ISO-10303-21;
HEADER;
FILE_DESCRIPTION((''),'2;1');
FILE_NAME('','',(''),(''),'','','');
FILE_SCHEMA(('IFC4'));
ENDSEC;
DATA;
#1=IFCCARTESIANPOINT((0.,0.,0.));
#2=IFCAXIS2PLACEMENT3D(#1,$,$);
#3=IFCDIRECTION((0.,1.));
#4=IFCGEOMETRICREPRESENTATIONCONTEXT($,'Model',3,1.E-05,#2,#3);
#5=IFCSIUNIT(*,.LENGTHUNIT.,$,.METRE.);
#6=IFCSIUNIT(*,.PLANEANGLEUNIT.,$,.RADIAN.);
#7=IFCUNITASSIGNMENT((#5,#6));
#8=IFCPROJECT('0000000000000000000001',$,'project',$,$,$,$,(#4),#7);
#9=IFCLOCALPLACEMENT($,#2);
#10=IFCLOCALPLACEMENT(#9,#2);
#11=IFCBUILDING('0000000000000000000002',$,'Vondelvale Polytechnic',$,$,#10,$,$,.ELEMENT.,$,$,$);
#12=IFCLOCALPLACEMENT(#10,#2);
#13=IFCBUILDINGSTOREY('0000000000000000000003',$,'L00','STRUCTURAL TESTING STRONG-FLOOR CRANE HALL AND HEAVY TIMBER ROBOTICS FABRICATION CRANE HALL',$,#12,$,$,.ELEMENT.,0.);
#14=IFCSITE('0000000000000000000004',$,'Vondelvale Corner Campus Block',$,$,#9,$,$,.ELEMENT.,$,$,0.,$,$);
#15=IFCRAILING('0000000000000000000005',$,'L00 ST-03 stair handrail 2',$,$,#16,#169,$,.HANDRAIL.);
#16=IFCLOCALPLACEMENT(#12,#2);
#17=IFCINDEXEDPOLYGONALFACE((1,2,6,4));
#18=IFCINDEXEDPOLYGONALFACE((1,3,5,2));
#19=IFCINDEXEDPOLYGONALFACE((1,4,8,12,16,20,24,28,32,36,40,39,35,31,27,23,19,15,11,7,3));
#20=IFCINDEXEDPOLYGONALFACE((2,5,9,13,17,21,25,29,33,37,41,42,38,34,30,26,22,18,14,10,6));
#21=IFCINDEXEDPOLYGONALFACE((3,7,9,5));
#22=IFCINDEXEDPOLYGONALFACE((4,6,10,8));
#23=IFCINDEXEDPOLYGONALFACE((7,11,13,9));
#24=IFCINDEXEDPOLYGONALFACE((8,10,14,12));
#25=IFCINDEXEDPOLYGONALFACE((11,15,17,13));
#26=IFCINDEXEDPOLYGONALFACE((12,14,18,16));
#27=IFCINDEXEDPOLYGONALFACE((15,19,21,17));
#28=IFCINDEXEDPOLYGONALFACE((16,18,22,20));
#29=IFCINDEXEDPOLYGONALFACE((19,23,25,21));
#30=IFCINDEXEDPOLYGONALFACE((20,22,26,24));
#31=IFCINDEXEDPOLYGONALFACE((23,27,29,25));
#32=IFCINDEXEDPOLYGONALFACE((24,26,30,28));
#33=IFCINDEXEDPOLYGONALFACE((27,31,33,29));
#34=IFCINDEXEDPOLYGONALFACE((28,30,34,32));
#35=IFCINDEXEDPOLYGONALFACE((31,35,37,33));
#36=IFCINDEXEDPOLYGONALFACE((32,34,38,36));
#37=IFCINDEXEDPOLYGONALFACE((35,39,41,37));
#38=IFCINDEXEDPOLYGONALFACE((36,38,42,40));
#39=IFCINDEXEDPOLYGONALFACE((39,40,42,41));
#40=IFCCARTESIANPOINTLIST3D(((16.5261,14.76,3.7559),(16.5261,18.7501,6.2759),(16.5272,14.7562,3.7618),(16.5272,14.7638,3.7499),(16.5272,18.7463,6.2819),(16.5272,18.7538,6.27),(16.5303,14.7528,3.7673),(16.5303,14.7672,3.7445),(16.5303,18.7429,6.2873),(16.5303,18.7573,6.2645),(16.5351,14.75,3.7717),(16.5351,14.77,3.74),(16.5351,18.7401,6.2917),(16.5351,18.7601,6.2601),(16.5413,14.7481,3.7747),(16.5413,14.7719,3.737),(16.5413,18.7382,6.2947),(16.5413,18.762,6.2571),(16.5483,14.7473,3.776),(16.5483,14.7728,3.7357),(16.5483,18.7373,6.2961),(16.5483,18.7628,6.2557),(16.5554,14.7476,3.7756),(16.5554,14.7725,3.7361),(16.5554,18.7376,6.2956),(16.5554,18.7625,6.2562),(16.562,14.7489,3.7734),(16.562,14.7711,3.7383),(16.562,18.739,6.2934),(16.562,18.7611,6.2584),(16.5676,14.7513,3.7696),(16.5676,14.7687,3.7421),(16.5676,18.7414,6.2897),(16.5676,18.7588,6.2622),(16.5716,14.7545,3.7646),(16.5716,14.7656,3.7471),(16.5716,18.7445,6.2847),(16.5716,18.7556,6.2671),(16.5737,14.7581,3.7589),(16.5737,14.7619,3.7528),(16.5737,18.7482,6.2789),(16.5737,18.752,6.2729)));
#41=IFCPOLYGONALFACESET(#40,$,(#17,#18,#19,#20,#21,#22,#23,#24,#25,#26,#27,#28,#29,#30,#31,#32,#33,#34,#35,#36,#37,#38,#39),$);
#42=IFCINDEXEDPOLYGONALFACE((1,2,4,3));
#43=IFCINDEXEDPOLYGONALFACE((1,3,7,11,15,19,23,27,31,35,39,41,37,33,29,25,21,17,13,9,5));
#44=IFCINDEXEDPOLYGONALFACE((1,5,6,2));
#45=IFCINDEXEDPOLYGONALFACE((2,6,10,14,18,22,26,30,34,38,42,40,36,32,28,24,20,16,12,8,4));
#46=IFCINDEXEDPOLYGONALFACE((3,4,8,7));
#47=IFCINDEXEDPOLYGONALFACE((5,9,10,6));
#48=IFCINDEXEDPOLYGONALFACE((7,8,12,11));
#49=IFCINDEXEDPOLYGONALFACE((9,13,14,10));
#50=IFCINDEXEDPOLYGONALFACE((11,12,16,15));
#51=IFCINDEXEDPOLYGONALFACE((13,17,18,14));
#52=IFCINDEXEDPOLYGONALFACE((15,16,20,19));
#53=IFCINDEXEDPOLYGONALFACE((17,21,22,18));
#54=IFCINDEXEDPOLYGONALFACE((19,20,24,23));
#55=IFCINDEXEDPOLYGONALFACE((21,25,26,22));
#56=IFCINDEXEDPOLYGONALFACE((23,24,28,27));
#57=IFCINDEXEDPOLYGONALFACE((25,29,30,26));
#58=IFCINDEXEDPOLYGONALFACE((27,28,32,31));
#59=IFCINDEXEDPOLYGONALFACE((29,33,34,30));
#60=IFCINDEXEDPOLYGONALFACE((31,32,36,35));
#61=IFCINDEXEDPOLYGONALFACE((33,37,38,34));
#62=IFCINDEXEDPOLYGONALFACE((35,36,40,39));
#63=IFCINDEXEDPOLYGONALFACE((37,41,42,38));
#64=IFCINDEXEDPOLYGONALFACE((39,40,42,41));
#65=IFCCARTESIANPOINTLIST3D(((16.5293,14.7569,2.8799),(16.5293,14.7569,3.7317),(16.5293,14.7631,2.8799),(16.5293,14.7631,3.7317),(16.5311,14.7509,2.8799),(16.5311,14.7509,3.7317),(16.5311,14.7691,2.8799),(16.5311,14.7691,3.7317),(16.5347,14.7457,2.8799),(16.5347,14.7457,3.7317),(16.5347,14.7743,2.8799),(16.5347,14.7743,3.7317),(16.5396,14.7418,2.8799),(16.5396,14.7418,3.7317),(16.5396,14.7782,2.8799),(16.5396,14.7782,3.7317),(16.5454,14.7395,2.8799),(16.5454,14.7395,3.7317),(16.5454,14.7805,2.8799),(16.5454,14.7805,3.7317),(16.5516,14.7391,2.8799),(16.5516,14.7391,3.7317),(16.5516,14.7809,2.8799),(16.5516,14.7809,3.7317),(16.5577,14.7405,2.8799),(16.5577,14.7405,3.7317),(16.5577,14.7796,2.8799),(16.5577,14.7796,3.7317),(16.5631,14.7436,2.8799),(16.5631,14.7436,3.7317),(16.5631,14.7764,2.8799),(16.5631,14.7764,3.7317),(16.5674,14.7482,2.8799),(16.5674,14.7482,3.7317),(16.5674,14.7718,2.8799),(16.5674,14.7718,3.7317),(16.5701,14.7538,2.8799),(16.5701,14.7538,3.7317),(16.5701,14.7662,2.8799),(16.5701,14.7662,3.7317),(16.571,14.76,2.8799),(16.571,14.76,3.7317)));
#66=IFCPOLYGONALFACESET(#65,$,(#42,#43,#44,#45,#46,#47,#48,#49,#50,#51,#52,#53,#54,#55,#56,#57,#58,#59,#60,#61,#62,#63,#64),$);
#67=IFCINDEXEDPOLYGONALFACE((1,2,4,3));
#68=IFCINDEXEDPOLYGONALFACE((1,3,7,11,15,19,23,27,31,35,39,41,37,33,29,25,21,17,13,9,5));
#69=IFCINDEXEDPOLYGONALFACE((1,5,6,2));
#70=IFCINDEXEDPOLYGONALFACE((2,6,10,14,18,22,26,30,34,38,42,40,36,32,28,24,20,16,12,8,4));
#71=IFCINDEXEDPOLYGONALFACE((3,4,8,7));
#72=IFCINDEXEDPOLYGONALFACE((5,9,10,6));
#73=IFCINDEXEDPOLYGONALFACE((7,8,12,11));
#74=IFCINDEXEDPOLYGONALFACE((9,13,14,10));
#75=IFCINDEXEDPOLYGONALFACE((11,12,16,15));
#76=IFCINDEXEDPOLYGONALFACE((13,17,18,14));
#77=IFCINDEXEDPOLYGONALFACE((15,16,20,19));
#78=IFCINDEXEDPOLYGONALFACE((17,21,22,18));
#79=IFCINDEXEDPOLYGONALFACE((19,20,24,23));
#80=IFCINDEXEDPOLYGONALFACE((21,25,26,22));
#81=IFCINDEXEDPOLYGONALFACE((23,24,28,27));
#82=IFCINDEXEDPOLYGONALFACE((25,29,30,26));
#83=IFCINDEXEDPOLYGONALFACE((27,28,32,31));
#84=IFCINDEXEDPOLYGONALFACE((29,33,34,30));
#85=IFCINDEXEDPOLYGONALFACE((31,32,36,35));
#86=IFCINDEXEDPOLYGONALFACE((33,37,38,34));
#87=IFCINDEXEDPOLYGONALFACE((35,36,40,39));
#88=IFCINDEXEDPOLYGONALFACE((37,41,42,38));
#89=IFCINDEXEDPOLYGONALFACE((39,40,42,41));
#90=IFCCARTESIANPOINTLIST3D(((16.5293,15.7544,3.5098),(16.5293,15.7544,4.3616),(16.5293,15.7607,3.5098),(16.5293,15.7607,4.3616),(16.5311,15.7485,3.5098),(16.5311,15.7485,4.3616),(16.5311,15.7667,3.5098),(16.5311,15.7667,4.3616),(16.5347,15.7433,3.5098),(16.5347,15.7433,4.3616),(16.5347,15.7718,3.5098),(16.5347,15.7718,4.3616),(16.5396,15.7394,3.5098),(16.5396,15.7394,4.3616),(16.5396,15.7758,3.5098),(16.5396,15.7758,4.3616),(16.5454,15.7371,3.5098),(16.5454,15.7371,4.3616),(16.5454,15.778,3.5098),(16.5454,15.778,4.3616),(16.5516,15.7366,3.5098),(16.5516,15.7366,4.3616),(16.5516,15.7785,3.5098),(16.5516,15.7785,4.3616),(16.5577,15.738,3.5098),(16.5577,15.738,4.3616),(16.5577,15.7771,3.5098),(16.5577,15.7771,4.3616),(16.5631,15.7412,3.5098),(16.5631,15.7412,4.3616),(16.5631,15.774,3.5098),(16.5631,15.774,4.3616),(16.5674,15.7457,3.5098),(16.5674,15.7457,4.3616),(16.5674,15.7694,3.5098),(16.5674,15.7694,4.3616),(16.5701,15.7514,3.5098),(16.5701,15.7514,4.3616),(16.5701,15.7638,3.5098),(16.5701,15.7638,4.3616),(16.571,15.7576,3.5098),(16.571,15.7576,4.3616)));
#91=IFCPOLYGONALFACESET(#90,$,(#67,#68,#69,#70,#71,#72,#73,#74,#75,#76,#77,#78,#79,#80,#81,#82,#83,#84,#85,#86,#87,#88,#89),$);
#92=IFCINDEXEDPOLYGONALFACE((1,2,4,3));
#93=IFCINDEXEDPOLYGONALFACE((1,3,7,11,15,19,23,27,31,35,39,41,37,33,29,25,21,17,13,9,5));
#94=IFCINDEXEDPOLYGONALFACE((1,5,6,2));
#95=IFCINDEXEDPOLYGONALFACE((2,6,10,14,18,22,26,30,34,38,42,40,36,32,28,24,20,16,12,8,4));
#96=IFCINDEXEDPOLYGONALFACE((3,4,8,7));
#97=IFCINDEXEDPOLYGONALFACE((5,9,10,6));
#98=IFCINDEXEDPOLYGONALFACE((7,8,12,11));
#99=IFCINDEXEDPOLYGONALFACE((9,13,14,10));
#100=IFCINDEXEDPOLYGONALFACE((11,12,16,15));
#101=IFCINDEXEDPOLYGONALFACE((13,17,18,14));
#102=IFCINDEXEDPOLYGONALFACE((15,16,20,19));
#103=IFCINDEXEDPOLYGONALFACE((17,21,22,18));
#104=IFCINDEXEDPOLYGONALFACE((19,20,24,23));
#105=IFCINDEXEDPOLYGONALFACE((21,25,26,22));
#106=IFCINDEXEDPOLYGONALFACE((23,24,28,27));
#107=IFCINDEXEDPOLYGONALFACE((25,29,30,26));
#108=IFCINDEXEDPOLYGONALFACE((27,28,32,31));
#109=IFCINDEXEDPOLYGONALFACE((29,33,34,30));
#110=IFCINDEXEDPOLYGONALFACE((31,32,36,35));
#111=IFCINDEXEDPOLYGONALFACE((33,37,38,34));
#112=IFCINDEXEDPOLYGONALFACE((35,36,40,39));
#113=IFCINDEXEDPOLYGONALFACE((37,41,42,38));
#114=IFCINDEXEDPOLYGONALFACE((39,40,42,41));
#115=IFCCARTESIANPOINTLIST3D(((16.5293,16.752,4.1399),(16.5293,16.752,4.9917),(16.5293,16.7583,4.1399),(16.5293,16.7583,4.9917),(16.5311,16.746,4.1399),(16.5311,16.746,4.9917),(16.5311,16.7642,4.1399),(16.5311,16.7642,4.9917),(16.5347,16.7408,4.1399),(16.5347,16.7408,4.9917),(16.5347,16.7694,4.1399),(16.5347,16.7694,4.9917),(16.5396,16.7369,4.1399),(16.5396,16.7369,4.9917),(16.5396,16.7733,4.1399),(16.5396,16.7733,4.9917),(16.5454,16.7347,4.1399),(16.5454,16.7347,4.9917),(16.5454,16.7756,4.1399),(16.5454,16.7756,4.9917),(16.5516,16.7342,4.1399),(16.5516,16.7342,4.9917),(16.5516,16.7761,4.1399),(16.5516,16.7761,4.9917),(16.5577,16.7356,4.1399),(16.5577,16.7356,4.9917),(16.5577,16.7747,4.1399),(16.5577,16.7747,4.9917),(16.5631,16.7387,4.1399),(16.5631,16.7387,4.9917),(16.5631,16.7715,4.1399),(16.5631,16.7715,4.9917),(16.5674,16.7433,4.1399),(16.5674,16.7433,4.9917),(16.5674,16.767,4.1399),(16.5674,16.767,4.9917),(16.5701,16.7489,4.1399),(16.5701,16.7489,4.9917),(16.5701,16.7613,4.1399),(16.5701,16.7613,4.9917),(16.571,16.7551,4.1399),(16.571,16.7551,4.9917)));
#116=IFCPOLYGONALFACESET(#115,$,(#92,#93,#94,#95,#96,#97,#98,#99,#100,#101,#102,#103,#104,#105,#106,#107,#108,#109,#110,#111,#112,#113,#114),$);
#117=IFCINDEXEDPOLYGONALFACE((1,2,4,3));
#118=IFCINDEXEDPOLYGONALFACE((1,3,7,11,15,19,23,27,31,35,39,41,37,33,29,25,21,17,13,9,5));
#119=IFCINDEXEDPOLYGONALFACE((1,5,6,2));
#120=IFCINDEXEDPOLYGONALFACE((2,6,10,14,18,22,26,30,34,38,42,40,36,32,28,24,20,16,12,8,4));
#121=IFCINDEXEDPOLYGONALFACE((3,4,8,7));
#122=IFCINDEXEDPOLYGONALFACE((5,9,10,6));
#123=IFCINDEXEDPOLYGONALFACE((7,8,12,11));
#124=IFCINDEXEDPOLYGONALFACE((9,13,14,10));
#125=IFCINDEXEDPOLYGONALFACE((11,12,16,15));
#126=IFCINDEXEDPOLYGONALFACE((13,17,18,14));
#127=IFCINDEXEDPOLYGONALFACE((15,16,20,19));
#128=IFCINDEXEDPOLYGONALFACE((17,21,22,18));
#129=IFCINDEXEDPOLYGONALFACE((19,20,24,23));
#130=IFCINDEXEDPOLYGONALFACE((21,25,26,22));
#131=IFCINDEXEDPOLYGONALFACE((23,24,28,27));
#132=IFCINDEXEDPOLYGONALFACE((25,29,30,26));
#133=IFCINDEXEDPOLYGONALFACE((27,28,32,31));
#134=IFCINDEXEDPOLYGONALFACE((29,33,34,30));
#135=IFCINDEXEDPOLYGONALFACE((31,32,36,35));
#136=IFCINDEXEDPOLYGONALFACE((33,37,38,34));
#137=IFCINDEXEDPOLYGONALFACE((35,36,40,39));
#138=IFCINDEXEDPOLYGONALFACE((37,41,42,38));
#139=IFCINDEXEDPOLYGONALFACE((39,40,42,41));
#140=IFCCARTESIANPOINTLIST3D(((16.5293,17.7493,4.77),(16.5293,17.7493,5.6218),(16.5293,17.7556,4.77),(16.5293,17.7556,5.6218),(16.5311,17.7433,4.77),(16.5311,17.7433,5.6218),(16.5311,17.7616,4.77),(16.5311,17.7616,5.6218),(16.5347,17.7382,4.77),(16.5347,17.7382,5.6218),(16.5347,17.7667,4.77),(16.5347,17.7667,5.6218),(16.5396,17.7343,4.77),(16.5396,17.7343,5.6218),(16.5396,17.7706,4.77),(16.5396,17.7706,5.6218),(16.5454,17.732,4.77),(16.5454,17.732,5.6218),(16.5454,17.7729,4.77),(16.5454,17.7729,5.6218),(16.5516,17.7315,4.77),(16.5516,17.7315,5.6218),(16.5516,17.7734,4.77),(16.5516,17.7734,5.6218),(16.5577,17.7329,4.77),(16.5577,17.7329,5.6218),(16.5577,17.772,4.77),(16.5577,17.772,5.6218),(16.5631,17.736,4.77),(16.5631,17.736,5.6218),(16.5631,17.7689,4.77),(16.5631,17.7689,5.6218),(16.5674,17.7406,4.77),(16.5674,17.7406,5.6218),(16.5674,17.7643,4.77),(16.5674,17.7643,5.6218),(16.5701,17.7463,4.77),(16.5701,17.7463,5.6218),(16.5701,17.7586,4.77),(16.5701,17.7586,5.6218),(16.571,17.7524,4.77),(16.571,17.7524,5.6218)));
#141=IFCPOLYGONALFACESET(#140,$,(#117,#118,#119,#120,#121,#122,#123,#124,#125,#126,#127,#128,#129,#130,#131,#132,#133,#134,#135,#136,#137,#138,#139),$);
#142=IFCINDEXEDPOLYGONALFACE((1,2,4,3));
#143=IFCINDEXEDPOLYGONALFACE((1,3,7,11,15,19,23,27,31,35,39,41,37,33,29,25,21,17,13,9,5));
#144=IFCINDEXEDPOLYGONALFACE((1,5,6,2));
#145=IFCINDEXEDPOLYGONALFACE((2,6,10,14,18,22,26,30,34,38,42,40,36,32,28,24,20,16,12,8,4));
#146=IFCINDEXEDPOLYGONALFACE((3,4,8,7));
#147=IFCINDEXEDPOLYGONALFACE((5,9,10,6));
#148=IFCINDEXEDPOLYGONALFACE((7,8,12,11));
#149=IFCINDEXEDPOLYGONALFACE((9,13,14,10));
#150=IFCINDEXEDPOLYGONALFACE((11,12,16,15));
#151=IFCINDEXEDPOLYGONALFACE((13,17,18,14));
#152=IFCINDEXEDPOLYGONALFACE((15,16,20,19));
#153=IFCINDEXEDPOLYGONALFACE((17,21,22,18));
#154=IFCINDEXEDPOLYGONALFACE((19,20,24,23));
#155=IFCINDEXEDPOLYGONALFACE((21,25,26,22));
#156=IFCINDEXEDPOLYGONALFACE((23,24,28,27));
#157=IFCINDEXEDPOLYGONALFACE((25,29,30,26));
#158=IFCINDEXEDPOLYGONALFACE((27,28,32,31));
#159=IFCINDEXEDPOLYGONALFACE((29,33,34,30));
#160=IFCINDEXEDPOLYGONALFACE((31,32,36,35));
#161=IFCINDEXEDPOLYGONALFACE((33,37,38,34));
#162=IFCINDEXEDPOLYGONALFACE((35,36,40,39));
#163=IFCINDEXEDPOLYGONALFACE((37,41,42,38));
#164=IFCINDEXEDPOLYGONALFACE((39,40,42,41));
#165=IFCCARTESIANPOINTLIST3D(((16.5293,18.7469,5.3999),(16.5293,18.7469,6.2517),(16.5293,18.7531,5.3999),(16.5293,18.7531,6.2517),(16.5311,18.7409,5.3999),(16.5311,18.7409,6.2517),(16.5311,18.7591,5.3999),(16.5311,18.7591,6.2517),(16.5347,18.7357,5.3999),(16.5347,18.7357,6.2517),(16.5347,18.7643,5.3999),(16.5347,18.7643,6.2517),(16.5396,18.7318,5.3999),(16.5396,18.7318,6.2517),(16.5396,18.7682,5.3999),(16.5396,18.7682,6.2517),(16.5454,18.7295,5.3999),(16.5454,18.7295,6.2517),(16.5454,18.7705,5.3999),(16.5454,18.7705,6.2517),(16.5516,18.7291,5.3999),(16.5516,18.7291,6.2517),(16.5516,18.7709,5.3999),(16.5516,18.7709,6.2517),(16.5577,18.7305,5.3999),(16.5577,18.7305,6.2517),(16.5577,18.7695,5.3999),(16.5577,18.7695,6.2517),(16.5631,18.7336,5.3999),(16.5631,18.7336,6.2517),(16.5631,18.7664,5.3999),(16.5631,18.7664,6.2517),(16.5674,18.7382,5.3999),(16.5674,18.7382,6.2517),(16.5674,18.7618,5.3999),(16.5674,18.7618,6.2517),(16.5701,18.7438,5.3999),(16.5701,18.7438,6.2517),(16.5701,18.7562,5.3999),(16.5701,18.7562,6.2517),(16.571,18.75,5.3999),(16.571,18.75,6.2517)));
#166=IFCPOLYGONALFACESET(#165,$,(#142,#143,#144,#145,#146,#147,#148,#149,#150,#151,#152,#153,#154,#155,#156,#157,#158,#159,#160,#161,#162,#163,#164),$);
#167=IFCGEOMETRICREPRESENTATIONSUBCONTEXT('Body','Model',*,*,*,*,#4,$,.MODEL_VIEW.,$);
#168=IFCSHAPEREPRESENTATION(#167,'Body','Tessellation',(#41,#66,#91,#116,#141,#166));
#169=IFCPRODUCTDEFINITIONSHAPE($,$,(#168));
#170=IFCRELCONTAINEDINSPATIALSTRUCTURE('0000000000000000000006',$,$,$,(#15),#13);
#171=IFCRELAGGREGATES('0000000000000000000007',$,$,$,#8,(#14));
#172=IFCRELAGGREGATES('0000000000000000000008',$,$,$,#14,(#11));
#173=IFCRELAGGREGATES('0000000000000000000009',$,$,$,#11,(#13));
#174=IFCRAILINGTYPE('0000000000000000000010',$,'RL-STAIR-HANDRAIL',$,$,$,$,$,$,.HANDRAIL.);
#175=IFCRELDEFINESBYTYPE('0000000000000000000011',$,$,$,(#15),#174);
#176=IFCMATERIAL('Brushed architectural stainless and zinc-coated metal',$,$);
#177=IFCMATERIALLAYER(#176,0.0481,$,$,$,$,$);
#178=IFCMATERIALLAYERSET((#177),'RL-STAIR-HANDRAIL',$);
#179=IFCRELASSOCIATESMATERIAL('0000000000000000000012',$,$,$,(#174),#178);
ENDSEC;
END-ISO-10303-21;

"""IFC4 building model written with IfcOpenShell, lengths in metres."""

from ifc_helpers import new_model, si_unit, direction, frame, origin, origin_2d, place, context, subcontext, project, spatial, circle, extrude, material, layer, layer_set, type_object, element, save


model = new_model("IFC4")

# Units and contexts
model_context = context("Model", 3, precision=1e-05, world=origin(), true_north=direction((0.0, 1.0)))
body_context = subcontext(model_context, "Body", "Model", "MODEL_VIEW")
ifc_project = project(units=[si_unit("LENGTHUNIT", "METRE"), si_unit("PLANEANGLEUNIT", "RADIAN")], contexts=[model_context])

# Site, building, storey
site_placement = place(None, origin())
site = spatial("IfcSite", under=ifc_project, at=site_placement, Name="Vondelvale Corner Campus Block", CompositionType="ELEMENT", RefElevation=0.0)
building_placement = place(site_placement, origin())
building = spatial("IfcBuilding", under=site, at=building_placement, Name="Vondelvale Polytechnic", CompositionType="ELEMENT")
storey_placement = place(building_placement, origin())
storey = spatial("IfcBuildingStorey", under=building, at=storey_placement, Name="L00", Description="STRUCTURAL TESTING STRONG-FLOOR CRANE HALL AND HEAVY TIMBER ROBOTICS FABRICATION CRANE HALL", CompositionType="ELEMENT", Elevation=0.0)

# Shared definitions
ifc_material_1 = material(Name="Brushed architectural stainless and zinc-coated metal")

# Railing
ifc_layer_1 = layer(ifc_material_1, 0.0481)
ifc_layer_set_1 = layer_set([ifc_layer_1], Name="RL-STAIR-HANDRAIL")
railing_type_1 = type_object("IfcRailingType", Name="RL-STAIR-HANDRAIL", PredefinedType="HANDRAIL", material=ifc_layer_set_1)
railing_1_placement = place(storey_placement, frame((16.55, 14.76, 2.8799)))
element("IfcRailing", 1, at=railing_1_placement, inside=storey, type_object=railing_type_1, Name="L00 ST-03 stair handrail 2", PredefinedType="HANDRAIL", context=body_context, shape_type="SweptSolid", body=[
    extrude(circle(Radius=0.0239, at=origin_2d()), frame((0.0, 0.0, 0.876), z_axis=(0.0, 0.845486, 0.533997), x_axis=(-1.0, 0.0, 0.0)), (0.0, 0.0, 1.0), 4.7192),
    extrude(circle(Radius=0.021, at=origin_2d()), origin(), (0.0, 0.0, 1.0), 0.8518),
    extrude(circle(Radius=0.021, at=origin_2d()), frame((0.0, 0.9976, 0.6299)), (0.0, 0.0, 1.0), 0.8518),
    extrude(circle(Radius=0.021, at=origin_2d()), frame((0.0, 1.9951, 1.26)), (0.0, 0.0, 1.0), 0.8518),
    extrude(circle(Radius=0.021, at=origin_2d()), frame((0.0, 2.9924, 1.8901)), (0.0, 0.0, 1.0), 0.8518),
    extrude(circle(Radius=0.021, at=origin_2d()), frame((0.0, 3.99, 2.52)), (0.0, 0.0, 1.0), 0.8518),
])

save(model, "model.ifc")
